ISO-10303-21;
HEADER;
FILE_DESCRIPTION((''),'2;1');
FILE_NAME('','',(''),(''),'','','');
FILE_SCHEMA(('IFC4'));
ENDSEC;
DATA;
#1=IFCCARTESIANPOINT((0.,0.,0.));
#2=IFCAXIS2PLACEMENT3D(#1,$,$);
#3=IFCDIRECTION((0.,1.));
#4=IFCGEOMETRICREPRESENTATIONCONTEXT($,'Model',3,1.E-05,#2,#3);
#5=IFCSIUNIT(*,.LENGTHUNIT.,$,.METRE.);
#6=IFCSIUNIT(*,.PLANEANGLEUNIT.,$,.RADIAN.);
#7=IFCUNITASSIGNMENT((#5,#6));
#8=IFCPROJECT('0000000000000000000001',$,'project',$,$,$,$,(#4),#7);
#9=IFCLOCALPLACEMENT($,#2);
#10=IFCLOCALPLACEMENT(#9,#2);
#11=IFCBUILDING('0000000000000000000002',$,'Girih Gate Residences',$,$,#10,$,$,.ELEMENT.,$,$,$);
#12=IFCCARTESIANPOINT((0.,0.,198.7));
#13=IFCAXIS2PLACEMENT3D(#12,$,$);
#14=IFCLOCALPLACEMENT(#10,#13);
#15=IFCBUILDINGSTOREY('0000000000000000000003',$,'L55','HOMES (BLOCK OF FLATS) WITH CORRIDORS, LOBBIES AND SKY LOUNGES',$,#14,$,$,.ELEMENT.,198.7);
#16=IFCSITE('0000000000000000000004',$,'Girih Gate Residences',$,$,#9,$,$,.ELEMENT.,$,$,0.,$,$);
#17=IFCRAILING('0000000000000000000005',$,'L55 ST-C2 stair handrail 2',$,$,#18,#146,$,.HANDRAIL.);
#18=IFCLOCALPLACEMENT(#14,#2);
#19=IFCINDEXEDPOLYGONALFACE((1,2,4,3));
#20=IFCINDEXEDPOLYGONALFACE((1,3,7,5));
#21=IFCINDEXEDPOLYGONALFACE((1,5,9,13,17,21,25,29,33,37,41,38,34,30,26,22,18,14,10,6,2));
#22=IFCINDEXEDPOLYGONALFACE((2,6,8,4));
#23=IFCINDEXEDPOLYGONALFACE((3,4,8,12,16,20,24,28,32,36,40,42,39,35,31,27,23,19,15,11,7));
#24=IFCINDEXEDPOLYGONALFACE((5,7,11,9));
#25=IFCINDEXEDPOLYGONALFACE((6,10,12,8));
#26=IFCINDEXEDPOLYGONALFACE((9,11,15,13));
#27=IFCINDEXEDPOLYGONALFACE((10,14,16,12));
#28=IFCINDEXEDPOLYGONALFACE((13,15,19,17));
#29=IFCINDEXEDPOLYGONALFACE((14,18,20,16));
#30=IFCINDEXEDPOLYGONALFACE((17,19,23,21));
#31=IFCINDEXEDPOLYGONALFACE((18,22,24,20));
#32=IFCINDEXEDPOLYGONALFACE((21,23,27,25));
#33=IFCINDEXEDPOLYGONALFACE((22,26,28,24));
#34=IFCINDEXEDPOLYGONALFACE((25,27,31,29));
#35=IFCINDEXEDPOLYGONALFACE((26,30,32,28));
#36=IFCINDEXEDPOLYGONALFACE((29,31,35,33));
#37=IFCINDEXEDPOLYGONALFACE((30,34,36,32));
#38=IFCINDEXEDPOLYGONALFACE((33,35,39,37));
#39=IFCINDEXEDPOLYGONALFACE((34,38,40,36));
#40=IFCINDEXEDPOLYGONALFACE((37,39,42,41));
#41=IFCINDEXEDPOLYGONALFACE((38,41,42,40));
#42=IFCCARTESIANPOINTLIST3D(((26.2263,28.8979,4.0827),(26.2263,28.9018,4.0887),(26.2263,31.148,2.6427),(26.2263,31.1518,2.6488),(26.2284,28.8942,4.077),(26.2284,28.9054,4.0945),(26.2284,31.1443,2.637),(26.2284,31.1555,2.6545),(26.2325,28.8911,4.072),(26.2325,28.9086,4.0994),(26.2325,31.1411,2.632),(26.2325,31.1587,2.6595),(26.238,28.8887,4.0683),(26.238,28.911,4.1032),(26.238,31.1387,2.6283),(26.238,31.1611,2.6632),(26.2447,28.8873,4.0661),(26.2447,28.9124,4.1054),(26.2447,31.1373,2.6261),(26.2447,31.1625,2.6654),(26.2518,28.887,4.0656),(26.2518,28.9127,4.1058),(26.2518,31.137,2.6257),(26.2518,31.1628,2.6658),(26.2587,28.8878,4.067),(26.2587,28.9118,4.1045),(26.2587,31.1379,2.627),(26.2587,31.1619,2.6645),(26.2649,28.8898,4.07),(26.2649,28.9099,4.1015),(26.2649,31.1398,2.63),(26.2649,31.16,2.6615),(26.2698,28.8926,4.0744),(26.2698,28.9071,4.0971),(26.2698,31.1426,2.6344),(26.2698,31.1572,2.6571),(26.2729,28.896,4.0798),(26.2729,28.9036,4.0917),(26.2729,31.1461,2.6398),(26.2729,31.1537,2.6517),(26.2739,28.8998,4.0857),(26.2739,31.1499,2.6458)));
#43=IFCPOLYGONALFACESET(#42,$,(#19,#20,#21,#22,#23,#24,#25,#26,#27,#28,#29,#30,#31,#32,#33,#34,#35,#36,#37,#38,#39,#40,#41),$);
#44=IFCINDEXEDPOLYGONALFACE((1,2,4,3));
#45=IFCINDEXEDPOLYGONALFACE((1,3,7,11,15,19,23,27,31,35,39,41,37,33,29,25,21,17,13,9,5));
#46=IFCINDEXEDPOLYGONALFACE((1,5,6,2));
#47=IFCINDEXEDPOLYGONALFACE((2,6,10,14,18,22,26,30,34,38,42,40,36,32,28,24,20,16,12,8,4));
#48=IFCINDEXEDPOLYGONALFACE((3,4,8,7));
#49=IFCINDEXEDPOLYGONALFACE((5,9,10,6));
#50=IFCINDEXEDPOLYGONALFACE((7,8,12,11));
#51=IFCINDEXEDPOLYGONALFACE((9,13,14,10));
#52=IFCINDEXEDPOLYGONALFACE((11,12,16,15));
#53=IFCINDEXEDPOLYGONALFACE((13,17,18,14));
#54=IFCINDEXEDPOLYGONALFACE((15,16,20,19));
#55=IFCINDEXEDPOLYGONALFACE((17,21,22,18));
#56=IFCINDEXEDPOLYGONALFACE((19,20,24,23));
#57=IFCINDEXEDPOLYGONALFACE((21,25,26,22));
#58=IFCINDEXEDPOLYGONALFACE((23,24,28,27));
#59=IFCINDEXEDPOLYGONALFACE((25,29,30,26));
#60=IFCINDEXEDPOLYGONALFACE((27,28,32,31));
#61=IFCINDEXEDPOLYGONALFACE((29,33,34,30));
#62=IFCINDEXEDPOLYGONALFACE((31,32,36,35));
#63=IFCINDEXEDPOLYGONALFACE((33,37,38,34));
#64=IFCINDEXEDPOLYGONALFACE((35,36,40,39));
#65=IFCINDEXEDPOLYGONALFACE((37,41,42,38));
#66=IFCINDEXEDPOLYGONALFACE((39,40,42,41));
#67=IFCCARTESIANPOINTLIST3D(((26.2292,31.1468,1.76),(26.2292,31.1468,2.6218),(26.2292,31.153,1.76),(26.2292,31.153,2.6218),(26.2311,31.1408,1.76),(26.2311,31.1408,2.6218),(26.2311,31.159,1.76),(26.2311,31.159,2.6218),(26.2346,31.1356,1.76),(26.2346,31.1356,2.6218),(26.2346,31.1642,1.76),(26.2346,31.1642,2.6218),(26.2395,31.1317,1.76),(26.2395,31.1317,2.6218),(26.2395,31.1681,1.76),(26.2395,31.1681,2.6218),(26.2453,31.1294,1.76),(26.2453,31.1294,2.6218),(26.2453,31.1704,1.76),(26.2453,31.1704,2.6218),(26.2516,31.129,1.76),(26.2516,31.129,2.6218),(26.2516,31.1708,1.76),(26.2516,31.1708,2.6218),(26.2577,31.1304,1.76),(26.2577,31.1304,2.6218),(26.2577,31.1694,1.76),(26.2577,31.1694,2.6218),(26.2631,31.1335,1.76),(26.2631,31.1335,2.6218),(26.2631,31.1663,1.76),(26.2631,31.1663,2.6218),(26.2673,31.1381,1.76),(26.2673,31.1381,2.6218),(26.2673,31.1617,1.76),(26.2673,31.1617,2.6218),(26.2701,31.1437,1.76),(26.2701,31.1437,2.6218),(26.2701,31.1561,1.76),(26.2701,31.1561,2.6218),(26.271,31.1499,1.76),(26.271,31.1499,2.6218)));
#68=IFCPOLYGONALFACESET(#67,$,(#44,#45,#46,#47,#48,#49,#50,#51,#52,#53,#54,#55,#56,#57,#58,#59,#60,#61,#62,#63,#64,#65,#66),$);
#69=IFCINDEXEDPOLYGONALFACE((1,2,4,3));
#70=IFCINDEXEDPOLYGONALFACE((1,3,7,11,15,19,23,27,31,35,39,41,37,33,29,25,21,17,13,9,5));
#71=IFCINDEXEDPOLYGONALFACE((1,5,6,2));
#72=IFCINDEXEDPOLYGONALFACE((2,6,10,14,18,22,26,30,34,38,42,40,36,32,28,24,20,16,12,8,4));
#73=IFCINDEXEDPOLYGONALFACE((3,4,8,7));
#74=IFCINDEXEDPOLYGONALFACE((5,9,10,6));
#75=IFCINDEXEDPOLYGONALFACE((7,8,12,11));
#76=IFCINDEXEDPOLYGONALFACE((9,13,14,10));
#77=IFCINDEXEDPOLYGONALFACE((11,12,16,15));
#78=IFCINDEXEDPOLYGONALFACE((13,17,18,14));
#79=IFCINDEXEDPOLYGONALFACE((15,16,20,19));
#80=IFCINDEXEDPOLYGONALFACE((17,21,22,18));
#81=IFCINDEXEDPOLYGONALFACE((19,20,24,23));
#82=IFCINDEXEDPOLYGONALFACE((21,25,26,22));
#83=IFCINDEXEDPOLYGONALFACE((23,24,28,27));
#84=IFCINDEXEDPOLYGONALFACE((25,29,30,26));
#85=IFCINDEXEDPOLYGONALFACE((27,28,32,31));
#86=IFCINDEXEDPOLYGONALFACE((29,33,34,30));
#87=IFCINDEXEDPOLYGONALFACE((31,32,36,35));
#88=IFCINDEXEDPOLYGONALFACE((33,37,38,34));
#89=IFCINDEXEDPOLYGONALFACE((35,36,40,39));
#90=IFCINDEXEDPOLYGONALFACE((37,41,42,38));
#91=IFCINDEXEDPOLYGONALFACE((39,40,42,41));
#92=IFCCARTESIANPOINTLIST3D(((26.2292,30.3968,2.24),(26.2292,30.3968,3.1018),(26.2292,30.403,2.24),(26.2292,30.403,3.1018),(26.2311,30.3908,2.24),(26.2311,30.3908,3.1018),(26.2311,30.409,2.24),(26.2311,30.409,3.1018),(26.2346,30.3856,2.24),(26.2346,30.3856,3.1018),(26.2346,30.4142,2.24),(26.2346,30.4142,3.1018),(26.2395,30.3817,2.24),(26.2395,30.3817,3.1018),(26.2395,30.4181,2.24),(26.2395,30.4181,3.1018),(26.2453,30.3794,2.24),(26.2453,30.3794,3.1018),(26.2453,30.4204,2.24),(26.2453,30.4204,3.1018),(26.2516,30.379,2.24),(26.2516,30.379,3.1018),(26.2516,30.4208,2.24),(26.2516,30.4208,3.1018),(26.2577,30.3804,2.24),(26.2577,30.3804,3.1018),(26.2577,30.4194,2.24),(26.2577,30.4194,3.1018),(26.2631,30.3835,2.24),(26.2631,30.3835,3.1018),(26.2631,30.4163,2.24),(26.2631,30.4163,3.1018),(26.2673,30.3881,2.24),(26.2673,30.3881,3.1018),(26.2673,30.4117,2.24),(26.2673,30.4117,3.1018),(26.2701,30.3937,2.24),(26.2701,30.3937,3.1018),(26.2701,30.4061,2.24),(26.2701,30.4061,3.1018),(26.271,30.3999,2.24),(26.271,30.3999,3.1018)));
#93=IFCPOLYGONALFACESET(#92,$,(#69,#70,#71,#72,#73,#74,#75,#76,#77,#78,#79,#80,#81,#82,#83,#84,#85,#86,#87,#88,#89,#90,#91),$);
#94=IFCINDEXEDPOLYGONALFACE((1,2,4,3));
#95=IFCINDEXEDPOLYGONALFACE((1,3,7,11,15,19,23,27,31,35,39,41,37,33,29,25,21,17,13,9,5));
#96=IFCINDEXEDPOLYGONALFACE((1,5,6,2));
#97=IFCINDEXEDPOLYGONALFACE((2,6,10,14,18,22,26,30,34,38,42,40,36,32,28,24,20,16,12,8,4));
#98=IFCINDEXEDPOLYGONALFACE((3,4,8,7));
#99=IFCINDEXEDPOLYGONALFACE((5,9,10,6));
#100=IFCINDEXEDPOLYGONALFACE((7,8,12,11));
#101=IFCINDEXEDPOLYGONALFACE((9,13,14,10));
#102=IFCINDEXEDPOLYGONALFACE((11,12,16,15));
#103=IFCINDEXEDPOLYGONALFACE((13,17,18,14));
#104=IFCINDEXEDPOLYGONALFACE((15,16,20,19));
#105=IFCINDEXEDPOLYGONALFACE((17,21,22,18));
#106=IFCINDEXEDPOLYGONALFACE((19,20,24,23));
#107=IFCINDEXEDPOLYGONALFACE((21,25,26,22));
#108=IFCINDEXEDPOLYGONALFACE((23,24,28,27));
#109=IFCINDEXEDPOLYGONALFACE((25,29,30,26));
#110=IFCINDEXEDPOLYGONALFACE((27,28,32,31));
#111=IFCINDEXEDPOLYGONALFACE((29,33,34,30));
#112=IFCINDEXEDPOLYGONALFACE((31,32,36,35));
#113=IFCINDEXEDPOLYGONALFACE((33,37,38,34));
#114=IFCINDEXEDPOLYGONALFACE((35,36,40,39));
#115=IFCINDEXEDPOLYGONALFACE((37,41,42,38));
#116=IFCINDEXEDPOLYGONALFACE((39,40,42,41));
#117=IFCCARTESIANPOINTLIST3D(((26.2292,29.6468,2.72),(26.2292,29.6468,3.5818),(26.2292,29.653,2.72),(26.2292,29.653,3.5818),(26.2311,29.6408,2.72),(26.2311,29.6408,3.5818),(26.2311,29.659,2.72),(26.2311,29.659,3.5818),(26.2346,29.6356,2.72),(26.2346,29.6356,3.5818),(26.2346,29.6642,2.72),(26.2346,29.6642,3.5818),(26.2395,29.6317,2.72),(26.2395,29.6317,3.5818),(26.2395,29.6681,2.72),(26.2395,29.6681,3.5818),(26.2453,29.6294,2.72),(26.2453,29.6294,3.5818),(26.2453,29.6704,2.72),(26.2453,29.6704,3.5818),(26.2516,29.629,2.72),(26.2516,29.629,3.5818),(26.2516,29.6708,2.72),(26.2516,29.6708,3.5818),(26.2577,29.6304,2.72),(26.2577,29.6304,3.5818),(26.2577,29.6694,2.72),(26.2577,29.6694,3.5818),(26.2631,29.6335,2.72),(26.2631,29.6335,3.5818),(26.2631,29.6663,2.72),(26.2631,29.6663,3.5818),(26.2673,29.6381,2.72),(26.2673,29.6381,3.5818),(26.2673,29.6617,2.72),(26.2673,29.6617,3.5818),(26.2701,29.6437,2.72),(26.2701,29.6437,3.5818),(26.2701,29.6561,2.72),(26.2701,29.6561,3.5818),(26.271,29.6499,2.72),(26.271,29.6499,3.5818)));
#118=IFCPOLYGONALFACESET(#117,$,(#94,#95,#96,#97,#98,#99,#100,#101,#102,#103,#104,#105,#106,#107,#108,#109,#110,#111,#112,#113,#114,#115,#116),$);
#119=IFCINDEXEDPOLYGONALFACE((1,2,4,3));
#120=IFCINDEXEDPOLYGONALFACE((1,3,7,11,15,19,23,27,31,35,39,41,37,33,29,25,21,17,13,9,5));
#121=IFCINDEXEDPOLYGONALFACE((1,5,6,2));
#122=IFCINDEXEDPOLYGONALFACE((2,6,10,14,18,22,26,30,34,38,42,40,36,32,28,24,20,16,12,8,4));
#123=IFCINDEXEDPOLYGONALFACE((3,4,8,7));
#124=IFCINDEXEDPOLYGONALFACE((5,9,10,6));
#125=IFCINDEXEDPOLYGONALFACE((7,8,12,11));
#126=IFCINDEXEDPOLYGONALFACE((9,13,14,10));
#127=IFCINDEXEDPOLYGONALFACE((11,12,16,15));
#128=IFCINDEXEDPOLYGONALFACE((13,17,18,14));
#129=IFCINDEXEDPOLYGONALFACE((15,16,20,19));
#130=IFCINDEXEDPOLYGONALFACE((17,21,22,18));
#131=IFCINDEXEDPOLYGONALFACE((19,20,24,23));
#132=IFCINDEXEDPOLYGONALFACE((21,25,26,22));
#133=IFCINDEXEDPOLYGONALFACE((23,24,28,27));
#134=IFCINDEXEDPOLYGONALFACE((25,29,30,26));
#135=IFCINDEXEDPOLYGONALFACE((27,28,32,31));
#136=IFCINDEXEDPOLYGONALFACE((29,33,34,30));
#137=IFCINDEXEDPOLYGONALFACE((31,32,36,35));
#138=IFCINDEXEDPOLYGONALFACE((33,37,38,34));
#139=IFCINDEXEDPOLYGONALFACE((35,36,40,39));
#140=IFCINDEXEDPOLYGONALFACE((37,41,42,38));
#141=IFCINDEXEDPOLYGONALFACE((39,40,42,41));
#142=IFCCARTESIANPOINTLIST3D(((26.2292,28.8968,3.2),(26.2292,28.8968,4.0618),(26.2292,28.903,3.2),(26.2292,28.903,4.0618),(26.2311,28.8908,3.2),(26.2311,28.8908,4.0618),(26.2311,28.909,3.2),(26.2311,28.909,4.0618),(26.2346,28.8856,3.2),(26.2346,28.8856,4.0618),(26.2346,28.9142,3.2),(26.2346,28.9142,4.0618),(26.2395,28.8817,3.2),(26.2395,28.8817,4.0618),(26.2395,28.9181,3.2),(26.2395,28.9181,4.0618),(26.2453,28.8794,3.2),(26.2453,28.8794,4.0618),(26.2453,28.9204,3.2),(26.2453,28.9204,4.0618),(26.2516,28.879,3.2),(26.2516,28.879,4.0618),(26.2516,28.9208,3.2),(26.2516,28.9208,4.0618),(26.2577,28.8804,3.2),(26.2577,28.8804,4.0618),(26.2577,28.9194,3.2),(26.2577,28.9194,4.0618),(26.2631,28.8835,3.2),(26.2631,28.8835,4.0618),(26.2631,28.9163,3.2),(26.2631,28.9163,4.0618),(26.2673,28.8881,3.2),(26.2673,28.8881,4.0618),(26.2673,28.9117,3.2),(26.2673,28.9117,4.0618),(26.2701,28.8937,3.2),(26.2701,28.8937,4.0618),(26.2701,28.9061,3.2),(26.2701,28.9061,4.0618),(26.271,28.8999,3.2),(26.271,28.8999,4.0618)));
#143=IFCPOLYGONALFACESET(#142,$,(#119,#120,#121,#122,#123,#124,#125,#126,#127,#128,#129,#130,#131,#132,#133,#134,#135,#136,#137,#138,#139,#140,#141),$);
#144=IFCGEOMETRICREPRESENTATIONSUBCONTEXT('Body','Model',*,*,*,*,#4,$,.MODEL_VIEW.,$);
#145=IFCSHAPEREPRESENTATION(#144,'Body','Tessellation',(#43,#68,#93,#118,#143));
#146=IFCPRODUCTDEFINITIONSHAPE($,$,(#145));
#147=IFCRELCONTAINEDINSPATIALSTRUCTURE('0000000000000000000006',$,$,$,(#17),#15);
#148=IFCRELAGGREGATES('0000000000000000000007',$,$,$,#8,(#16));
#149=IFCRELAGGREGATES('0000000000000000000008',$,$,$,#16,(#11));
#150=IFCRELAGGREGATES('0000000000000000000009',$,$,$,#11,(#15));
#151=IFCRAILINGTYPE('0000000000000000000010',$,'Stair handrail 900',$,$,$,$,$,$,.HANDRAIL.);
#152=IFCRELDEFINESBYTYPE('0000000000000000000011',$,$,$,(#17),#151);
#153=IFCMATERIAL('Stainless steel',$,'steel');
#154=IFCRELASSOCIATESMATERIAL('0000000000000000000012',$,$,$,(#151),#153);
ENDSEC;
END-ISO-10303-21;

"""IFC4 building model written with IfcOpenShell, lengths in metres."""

from ifc_helpers import new_model, si_unit, direction, frame, origin, origin_2d, place, context, subcontext, project, spatial, circle, extrude, material, type_object, element, save


model = new_model("IFC4")

# Units and contexts
model_context = context("Model", 3, precision=1e-05, world=origin(), true_north=direction((0.0, 1.0)))
body_context = subcontext(model_context, "Body", "Model", "MODEL_VIEW")
ifc_project = project(units=[si_unit("LENGTHUNIT", "METRE"), si_unit("PLANEANGLEUNIT", "RADIAN")], contexts=[model_context])

# Site, building, storey
site_placement = place(None, origin())
site = spatial("IfcSite", under=ifc_project, at=site_placement, Name="Girih Gate Residences", CompositionType="ELEMENT", RefElevation=0.0)
building_placement = place(site_placement, origin())
building = spatial("IfcBuilding", under=site, at=building_placement, Name="Girih Gate Residences", CompositionType="ELEMENT")
storey_placement = place(building_placement, frame((0.0, 0.0, 198.7)))
storey = spatial("IfcBuildingStorey", under=building, at=storey_placement, Name="L55", Description="HOMES (BLOCK OF FLATS) WITH CORRIDORS, LOBBIES AND SKY LOUNGES", CompositionType="ELEMENT", Elevation=198.7)

# Railing
ifc_material_1 = material(Name="Stainless steel", Category="steel")
railing_type_1 = type_object("IfcRailingType", Name="Stair handrail 900", PredefinedType="HANDRAIL", material=ifc_material_1)
railing_1_placement = place(storey_placement, frame((26.25, 31.1499, 1.76)))
element("IfcRailing", 1, at=railing_1_placement, inside=storey, type_object=railing_type_1, Name="L55 ST-C2 stair handrail 2", PredefinedType="HANDRAIL", context=body_context, shape_type="SweptSolid", body=[
    extrude(circle(Radius=0.0239, at=origin_2d()), frame((0.0, 0.0, 0.8857), z_axis=(0.0, -0.842281, 0.539038), x_axis=(1.0, 0.0, 0.0)), (0.0, 0.0, 1.0), 2.6714),
    extrude(circle(Radius=0.021, at=origin_2d()), origin(), (0.0, 0.0, 1.0), 0.8618),
    extrude(circle(Radius=0.021, at=origin_2d()), frame((0.0, -0.75, 0.48)), (0.0, 0.0, 1.0), 0.8618),
    extrude(circle(Radius=0.021, at=origin_2d()), frame((0.0, -1.5, 0.96)), (0.0, 0.0, 1.0), 0.8618),
    extrude(circle(Radius=0.021, at=origin_2d()), frame((0.0, -2.25, 1.4399)), (0.0, 0.0, 1.0), 0.8618),
])

save(model, "model.ifc")
